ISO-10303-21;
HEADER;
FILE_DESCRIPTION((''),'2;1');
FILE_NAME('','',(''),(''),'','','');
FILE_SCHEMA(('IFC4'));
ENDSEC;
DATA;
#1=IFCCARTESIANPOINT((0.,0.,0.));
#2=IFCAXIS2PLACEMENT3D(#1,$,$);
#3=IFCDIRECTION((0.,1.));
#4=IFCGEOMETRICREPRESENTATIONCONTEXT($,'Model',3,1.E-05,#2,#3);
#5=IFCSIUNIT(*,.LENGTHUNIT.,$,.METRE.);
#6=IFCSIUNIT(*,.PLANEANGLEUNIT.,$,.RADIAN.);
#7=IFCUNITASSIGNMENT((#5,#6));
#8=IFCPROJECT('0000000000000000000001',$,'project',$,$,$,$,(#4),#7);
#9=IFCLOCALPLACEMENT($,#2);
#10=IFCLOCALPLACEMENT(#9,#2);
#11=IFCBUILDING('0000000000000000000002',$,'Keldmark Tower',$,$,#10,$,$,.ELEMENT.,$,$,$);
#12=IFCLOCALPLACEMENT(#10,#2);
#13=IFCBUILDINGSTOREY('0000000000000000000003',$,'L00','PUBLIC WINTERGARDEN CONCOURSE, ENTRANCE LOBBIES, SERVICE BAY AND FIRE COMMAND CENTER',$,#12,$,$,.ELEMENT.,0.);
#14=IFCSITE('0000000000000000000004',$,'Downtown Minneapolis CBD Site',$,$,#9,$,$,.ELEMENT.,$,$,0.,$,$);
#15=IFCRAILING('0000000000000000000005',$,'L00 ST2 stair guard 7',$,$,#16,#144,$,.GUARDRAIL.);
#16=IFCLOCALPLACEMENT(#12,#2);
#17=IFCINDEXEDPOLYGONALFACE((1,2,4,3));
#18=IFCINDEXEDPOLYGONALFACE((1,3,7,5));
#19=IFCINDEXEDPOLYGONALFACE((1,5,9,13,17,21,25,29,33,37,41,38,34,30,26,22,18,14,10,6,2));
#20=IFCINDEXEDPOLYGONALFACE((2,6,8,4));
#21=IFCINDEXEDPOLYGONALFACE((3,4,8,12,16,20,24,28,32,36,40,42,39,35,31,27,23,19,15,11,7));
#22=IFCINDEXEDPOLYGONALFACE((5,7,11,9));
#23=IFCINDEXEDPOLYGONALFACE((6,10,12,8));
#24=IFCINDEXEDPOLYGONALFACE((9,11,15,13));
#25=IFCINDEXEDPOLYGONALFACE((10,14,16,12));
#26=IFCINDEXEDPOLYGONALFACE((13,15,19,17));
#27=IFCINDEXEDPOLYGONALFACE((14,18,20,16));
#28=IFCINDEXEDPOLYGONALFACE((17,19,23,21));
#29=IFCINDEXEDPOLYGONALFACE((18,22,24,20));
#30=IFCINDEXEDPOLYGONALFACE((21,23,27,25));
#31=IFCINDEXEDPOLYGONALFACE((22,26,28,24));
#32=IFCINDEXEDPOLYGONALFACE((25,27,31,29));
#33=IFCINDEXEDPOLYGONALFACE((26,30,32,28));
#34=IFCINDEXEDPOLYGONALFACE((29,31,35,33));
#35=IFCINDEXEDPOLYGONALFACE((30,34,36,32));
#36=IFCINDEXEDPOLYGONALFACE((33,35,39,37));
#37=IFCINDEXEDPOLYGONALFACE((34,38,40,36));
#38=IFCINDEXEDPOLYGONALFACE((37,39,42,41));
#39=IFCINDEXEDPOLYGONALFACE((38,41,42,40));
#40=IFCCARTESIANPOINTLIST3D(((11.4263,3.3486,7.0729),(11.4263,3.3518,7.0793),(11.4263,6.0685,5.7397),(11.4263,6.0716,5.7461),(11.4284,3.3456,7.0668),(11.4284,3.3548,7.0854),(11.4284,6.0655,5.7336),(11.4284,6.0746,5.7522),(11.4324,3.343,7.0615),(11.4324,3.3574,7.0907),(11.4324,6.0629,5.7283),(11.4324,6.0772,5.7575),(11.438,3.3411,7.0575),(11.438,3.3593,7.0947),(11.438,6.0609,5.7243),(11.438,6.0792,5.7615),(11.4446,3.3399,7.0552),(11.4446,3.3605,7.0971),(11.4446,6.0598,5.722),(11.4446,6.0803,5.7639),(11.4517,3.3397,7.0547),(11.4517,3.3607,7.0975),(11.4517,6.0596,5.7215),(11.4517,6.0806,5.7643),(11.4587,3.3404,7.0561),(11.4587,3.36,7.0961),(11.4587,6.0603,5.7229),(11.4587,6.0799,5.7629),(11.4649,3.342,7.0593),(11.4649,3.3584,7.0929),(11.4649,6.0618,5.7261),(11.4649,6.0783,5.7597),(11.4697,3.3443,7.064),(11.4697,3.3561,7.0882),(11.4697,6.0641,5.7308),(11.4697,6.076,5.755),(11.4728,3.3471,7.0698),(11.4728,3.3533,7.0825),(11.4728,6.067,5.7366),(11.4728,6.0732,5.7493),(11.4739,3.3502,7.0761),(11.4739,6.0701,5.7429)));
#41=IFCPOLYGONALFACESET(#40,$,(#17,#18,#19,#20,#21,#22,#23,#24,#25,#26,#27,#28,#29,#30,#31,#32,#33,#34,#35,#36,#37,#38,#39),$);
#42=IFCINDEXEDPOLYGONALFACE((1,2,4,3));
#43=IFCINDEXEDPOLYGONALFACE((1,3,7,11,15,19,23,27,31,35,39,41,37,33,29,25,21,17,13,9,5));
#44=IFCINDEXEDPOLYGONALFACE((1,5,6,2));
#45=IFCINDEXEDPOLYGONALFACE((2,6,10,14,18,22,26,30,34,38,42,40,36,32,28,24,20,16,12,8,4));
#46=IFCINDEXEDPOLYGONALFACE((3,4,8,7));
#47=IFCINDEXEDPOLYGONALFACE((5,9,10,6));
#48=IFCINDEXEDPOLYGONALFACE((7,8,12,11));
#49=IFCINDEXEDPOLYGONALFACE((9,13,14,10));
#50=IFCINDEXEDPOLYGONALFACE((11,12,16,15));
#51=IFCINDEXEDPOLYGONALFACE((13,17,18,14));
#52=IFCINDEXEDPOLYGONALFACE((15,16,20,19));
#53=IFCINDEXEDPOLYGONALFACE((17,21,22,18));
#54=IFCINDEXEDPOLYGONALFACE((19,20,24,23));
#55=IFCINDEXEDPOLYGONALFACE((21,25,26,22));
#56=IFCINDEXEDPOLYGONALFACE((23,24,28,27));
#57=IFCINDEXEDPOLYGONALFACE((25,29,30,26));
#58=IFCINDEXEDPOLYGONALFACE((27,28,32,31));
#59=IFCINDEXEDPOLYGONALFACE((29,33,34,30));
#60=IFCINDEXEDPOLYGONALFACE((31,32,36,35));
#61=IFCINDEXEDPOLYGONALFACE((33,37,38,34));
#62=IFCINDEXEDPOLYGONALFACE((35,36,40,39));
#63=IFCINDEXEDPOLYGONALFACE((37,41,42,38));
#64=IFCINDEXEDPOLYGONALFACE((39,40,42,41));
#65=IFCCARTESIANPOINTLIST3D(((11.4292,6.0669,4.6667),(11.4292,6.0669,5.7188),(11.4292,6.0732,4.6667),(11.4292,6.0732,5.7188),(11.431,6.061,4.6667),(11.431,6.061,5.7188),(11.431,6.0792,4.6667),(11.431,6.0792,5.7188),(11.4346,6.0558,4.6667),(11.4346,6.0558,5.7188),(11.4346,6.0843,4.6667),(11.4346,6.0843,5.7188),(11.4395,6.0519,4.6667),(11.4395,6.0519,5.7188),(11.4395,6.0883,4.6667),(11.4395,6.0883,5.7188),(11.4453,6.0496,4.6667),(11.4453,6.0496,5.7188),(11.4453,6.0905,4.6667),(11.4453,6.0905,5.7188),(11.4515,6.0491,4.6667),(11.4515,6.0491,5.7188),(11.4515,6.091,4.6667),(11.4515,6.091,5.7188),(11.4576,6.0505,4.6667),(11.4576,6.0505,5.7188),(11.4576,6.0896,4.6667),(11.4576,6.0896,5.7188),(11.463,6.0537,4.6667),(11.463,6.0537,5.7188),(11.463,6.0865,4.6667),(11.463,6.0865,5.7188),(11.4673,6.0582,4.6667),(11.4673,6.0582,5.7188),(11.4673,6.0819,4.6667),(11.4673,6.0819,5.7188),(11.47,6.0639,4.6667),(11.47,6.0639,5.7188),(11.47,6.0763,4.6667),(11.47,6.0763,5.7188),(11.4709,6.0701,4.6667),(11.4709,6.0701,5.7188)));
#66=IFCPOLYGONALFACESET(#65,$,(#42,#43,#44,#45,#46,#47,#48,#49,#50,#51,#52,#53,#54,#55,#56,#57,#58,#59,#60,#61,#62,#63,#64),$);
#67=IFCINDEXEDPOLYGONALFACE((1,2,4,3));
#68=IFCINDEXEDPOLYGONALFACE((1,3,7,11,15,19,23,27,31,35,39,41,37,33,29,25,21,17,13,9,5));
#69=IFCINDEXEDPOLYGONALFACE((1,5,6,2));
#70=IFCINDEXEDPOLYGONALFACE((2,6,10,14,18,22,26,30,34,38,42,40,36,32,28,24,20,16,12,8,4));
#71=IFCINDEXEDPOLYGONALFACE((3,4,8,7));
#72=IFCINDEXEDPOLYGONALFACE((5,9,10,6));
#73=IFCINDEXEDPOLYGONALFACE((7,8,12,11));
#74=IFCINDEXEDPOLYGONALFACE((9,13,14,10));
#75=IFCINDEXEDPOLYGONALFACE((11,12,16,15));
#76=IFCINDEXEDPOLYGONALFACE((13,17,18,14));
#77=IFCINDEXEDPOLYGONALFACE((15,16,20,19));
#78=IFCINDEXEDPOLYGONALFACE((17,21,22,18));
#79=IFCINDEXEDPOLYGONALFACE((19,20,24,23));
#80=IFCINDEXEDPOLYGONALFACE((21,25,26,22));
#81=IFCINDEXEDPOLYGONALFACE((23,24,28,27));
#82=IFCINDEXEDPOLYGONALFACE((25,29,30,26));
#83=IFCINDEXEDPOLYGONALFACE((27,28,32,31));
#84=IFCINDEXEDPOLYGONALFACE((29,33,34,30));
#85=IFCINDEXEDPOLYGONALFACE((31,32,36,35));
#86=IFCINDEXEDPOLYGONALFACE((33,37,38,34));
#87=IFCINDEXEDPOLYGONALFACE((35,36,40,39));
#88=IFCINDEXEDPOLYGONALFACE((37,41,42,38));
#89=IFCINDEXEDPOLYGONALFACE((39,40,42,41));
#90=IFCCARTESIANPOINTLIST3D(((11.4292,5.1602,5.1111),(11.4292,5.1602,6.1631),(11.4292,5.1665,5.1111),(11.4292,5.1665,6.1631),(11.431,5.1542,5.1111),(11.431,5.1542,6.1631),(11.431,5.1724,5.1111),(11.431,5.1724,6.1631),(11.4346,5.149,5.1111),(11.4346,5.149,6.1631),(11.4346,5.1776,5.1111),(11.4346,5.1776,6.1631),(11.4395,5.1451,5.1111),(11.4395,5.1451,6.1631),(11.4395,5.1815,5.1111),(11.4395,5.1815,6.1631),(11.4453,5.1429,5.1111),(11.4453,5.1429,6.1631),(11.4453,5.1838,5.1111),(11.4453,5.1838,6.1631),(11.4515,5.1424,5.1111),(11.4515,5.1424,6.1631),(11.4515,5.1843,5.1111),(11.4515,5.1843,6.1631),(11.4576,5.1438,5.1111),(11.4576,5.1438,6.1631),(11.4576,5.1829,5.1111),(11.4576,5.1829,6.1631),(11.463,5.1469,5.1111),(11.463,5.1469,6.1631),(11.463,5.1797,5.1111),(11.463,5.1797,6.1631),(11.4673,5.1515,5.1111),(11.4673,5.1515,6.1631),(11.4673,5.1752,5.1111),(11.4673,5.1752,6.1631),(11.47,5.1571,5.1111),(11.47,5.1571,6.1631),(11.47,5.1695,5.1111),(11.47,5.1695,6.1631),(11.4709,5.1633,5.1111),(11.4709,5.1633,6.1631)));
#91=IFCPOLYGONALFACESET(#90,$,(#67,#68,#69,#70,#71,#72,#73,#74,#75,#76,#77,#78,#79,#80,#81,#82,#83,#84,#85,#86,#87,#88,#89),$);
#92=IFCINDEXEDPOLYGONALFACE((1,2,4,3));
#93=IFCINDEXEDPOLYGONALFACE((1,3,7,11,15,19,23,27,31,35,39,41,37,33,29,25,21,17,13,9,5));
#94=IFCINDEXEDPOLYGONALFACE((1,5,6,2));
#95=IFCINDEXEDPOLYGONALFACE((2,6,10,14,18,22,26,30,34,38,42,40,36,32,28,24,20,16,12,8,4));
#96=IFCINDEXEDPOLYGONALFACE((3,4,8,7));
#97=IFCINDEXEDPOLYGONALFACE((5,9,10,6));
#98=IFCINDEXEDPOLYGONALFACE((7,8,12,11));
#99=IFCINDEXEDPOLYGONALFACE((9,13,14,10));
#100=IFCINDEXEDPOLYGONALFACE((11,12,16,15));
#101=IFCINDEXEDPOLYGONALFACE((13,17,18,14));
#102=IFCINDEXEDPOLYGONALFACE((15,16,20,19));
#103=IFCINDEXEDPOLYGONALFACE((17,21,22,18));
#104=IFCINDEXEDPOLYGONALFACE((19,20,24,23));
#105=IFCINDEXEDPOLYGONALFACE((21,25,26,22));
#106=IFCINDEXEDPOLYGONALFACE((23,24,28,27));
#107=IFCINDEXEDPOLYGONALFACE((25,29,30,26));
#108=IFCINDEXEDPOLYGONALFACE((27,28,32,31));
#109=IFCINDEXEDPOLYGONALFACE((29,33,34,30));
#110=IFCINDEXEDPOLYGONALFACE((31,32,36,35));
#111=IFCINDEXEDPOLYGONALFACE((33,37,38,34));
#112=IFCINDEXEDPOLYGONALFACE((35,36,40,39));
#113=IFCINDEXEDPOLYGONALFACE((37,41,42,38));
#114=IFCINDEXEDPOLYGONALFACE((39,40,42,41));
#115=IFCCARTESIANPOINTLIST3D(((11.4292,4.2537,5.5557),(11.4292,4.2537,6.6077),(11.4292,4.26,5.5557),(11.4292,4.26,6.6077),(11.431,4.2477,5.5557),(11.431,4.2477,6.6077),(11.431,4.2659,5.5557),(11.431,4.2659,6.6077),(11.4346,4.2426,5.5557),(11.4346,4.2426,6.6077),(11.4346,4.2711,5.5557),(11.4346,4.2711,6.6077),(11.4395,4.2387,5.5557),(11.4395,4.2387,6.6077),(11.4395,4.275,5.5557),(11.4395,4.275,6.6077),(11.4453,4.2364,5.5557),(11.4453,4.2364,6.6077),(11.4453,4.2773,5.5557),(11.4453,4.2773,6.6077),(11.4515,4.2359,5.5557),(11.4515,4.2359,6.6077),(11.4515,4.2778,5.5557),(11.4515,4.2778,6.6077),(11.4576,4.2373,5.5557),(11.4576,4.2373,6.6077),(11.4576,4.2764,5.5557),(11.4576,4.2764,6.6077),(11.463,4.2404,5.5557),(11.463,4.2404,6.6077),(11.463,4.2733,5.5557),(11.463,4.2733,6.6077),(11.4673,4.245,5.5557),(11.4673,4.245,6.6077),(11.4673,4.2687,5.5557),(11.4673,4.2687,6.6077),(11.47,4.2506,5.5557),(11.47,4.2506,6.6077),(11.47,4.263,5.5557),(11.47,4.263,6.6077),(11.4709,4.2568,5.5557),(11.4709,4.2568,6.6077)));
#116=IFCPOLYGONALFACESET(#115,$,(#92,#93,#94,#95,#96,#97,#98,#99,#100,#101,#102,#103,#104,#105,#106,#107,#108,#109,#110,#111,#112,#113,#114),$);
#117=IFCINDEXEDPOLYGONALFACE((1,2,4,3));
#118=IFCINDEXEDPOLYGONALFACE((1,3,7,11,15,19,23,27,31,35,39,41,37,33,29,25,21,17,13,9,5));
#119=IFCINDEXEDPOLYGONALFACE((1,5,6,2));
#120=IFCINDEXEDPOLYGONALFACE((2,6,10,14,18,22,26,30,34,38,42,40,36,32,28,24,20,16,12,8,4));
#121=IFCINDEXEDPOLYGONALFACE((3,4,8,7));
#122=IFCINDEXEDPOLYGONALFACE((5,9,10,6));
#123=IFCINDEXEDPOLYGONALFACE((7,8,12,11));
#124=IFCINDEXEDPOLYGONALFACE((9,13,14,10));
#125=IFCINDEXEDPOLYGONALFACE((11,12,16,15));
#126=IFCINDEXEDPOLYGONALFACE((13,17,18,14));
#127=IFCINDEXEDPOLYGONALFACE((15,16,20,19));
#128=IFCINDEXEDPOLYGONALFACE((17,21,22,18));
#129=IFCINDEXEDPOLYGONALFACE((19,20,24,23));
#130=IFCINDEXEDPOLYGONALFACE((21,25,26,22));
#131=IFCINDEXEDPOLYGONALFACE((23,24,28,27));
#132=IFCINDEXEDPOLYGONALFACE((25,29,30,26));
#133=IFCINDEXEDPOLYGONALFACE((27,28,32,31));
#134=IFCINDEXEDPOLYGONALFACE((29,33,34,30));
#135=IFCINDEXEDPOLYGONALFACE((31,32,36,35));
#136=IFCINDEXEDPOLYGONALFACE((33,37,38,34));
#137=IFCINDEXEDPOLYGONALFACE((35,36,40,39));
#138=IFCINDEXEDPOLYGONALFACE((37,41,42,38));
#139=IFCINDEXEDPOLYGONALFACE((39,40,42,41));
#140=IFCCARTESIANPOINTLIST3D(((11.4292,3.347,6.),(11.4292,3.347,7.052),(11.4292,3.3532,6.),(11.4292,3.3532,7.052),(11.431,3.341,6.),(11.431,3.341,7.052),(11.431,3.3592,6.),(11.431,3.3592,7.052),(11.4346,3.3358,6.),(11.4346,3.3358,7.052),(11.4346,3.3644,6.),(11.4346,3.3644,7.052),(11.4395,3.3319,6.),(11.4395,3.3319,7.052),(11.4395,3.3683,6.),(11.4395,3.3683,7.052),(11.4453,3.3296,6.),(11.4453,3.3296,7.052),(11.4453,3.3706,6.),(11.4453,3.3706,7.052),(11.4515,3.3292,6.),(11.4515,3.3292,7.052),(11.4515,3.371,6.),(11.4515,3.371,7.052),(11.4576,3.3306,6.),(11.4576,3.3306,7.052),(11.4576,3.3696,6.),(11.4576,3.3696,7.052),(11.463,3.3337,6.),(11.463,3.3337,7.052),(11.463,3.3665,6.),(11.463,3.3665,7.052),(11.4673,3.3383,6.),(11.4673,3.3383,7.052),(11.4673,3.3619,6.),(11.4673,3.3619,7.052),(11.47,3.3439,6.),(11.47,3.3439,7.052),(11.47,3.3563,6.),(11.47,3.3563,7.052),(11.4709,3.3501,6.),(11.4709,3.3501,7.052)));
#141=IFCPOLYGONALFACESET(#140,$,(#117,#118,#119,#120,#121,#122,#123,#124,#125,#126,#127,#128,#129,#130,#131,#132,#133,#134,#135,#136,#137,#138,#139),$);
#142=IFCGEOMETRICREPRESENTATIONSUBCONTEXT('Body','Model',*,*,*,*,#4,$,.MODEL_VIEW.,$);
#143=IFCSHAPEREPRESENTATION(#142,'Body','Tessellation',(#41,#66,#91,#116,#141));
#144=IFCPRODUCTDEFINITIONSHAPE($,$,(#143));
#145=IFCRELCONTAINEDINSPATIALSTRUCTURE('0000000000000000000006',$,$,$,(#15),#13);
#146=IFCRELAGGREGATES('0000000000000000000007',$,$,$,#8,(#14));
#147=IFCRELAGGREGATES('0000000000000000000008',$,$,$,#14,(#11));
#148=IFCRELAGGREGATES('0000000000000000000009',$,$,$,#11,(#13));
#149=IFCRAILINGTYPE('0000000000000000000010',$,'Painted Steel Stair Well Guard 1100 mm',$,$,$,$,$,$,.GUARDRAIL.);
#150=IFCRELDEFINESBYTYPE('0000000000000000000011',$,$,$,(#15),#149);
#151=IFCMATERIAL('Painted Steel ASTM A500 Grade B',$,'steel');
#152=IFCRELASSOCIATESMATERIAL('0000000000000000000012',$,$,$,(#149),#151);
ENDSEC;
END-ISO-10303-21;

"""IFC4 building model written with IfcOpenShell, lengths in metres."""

from ifc_helpers import new_model, si_unit, direction, frame, origin, origin_2d, place, context, subcontext, project, spatial, circle, extrude, material, type_object, element, save


model = new_model("IFC4")

# Units and contexts
model_context = context("Model", 3, precision=1e-05, world=origin(), true_north=direction((0.0, 1.0)))
body_context = subcontext(model_context, "Body", "Model", "MODEL_VIEW")
ifc_project = project(units=[si_unit("LENGTHUNIT", "METRE"), si_unit("PLANEANGLEUNIT", "RADIAN")], contexts=[model_context])

# Site, building, storey
site_placement = place(None, origin())
site = spatial("IfcSite", under=ifc_project, at=site_placement, Name="Downtown Minneapolis CBD Site", CompositionType="ELEMENT", RefElevation=0.0)
building_placement = place(site_placement, origin())
building = spatial("IfcBuilding", under=site, at=building_placement, Name="Keldmark Tower", CompositionType="ELEMENT")
storey_placement = place(building_placement, origin())
storey = spatial("IfcBuildingStorey", under=building, at=storey_placement, Name="L00", Description="PUBLIC WINTERGARDEN CONCOURSE, ENTRANCE LOBBIES, SERVICE BAY AND FIRE COMMAND CENTER", CompositionType="ELEMENT", Elevation=0.0)

# Railing
ifc_material_1 = material(Name="Painted Steel ASTM A500 Grade B", Category="steel")
railing_type_1 = type_object("IfcRailingType", Name="Painted Steel Stair Well Guard 1100 mm", PredefinedType="GUARDRAIL", material=ifc_material_1)
railing_1_placement = place(storey_placement, frame((11.45, 6.0701, 4.6667)))
element("IfcRailing", 1, at=railing_1_placement, inside=storey, type_object=railing_type_1, Name="L00 ST2 stair guard 7", PredefinedType="GUARDRAIL", context=body_context, shape_type="SweptSolid", body=[
    extrude(circle(Radius=0.0239, at=origin_2d()), frame((0.0, 0.0, 1.0762), z_axis=(0.0, -0.897929, 0.440139), x_axis=(1.0, 0.0, 0.0)), (0.0, 0.0, 1.0), 3.0291),
    extrude(circle(Radius=0.021, at=origin_2d()), origin(), (0.0, 0.0, 1.0), 1.052),
    extrude(circle(Radius=0.021, at=origin_2d()), frame((0.0, -0.9067, 0.4443)), (0.0, 0.0, 1.0), 1.052),
    extrude(circle(Radius=0.021, at=origin_2d()), frame((0.0, -1.8132, 0.8889)), (0.0, 0.0, 1.0), 1.052),
    extrude(circle(Radius=0.021, at=origin_2d()), frame((0.0, -2.72, 1.3333)), (0.0, 0.0, 1.0), 1.052),
])

save(model, "model.ifc")
